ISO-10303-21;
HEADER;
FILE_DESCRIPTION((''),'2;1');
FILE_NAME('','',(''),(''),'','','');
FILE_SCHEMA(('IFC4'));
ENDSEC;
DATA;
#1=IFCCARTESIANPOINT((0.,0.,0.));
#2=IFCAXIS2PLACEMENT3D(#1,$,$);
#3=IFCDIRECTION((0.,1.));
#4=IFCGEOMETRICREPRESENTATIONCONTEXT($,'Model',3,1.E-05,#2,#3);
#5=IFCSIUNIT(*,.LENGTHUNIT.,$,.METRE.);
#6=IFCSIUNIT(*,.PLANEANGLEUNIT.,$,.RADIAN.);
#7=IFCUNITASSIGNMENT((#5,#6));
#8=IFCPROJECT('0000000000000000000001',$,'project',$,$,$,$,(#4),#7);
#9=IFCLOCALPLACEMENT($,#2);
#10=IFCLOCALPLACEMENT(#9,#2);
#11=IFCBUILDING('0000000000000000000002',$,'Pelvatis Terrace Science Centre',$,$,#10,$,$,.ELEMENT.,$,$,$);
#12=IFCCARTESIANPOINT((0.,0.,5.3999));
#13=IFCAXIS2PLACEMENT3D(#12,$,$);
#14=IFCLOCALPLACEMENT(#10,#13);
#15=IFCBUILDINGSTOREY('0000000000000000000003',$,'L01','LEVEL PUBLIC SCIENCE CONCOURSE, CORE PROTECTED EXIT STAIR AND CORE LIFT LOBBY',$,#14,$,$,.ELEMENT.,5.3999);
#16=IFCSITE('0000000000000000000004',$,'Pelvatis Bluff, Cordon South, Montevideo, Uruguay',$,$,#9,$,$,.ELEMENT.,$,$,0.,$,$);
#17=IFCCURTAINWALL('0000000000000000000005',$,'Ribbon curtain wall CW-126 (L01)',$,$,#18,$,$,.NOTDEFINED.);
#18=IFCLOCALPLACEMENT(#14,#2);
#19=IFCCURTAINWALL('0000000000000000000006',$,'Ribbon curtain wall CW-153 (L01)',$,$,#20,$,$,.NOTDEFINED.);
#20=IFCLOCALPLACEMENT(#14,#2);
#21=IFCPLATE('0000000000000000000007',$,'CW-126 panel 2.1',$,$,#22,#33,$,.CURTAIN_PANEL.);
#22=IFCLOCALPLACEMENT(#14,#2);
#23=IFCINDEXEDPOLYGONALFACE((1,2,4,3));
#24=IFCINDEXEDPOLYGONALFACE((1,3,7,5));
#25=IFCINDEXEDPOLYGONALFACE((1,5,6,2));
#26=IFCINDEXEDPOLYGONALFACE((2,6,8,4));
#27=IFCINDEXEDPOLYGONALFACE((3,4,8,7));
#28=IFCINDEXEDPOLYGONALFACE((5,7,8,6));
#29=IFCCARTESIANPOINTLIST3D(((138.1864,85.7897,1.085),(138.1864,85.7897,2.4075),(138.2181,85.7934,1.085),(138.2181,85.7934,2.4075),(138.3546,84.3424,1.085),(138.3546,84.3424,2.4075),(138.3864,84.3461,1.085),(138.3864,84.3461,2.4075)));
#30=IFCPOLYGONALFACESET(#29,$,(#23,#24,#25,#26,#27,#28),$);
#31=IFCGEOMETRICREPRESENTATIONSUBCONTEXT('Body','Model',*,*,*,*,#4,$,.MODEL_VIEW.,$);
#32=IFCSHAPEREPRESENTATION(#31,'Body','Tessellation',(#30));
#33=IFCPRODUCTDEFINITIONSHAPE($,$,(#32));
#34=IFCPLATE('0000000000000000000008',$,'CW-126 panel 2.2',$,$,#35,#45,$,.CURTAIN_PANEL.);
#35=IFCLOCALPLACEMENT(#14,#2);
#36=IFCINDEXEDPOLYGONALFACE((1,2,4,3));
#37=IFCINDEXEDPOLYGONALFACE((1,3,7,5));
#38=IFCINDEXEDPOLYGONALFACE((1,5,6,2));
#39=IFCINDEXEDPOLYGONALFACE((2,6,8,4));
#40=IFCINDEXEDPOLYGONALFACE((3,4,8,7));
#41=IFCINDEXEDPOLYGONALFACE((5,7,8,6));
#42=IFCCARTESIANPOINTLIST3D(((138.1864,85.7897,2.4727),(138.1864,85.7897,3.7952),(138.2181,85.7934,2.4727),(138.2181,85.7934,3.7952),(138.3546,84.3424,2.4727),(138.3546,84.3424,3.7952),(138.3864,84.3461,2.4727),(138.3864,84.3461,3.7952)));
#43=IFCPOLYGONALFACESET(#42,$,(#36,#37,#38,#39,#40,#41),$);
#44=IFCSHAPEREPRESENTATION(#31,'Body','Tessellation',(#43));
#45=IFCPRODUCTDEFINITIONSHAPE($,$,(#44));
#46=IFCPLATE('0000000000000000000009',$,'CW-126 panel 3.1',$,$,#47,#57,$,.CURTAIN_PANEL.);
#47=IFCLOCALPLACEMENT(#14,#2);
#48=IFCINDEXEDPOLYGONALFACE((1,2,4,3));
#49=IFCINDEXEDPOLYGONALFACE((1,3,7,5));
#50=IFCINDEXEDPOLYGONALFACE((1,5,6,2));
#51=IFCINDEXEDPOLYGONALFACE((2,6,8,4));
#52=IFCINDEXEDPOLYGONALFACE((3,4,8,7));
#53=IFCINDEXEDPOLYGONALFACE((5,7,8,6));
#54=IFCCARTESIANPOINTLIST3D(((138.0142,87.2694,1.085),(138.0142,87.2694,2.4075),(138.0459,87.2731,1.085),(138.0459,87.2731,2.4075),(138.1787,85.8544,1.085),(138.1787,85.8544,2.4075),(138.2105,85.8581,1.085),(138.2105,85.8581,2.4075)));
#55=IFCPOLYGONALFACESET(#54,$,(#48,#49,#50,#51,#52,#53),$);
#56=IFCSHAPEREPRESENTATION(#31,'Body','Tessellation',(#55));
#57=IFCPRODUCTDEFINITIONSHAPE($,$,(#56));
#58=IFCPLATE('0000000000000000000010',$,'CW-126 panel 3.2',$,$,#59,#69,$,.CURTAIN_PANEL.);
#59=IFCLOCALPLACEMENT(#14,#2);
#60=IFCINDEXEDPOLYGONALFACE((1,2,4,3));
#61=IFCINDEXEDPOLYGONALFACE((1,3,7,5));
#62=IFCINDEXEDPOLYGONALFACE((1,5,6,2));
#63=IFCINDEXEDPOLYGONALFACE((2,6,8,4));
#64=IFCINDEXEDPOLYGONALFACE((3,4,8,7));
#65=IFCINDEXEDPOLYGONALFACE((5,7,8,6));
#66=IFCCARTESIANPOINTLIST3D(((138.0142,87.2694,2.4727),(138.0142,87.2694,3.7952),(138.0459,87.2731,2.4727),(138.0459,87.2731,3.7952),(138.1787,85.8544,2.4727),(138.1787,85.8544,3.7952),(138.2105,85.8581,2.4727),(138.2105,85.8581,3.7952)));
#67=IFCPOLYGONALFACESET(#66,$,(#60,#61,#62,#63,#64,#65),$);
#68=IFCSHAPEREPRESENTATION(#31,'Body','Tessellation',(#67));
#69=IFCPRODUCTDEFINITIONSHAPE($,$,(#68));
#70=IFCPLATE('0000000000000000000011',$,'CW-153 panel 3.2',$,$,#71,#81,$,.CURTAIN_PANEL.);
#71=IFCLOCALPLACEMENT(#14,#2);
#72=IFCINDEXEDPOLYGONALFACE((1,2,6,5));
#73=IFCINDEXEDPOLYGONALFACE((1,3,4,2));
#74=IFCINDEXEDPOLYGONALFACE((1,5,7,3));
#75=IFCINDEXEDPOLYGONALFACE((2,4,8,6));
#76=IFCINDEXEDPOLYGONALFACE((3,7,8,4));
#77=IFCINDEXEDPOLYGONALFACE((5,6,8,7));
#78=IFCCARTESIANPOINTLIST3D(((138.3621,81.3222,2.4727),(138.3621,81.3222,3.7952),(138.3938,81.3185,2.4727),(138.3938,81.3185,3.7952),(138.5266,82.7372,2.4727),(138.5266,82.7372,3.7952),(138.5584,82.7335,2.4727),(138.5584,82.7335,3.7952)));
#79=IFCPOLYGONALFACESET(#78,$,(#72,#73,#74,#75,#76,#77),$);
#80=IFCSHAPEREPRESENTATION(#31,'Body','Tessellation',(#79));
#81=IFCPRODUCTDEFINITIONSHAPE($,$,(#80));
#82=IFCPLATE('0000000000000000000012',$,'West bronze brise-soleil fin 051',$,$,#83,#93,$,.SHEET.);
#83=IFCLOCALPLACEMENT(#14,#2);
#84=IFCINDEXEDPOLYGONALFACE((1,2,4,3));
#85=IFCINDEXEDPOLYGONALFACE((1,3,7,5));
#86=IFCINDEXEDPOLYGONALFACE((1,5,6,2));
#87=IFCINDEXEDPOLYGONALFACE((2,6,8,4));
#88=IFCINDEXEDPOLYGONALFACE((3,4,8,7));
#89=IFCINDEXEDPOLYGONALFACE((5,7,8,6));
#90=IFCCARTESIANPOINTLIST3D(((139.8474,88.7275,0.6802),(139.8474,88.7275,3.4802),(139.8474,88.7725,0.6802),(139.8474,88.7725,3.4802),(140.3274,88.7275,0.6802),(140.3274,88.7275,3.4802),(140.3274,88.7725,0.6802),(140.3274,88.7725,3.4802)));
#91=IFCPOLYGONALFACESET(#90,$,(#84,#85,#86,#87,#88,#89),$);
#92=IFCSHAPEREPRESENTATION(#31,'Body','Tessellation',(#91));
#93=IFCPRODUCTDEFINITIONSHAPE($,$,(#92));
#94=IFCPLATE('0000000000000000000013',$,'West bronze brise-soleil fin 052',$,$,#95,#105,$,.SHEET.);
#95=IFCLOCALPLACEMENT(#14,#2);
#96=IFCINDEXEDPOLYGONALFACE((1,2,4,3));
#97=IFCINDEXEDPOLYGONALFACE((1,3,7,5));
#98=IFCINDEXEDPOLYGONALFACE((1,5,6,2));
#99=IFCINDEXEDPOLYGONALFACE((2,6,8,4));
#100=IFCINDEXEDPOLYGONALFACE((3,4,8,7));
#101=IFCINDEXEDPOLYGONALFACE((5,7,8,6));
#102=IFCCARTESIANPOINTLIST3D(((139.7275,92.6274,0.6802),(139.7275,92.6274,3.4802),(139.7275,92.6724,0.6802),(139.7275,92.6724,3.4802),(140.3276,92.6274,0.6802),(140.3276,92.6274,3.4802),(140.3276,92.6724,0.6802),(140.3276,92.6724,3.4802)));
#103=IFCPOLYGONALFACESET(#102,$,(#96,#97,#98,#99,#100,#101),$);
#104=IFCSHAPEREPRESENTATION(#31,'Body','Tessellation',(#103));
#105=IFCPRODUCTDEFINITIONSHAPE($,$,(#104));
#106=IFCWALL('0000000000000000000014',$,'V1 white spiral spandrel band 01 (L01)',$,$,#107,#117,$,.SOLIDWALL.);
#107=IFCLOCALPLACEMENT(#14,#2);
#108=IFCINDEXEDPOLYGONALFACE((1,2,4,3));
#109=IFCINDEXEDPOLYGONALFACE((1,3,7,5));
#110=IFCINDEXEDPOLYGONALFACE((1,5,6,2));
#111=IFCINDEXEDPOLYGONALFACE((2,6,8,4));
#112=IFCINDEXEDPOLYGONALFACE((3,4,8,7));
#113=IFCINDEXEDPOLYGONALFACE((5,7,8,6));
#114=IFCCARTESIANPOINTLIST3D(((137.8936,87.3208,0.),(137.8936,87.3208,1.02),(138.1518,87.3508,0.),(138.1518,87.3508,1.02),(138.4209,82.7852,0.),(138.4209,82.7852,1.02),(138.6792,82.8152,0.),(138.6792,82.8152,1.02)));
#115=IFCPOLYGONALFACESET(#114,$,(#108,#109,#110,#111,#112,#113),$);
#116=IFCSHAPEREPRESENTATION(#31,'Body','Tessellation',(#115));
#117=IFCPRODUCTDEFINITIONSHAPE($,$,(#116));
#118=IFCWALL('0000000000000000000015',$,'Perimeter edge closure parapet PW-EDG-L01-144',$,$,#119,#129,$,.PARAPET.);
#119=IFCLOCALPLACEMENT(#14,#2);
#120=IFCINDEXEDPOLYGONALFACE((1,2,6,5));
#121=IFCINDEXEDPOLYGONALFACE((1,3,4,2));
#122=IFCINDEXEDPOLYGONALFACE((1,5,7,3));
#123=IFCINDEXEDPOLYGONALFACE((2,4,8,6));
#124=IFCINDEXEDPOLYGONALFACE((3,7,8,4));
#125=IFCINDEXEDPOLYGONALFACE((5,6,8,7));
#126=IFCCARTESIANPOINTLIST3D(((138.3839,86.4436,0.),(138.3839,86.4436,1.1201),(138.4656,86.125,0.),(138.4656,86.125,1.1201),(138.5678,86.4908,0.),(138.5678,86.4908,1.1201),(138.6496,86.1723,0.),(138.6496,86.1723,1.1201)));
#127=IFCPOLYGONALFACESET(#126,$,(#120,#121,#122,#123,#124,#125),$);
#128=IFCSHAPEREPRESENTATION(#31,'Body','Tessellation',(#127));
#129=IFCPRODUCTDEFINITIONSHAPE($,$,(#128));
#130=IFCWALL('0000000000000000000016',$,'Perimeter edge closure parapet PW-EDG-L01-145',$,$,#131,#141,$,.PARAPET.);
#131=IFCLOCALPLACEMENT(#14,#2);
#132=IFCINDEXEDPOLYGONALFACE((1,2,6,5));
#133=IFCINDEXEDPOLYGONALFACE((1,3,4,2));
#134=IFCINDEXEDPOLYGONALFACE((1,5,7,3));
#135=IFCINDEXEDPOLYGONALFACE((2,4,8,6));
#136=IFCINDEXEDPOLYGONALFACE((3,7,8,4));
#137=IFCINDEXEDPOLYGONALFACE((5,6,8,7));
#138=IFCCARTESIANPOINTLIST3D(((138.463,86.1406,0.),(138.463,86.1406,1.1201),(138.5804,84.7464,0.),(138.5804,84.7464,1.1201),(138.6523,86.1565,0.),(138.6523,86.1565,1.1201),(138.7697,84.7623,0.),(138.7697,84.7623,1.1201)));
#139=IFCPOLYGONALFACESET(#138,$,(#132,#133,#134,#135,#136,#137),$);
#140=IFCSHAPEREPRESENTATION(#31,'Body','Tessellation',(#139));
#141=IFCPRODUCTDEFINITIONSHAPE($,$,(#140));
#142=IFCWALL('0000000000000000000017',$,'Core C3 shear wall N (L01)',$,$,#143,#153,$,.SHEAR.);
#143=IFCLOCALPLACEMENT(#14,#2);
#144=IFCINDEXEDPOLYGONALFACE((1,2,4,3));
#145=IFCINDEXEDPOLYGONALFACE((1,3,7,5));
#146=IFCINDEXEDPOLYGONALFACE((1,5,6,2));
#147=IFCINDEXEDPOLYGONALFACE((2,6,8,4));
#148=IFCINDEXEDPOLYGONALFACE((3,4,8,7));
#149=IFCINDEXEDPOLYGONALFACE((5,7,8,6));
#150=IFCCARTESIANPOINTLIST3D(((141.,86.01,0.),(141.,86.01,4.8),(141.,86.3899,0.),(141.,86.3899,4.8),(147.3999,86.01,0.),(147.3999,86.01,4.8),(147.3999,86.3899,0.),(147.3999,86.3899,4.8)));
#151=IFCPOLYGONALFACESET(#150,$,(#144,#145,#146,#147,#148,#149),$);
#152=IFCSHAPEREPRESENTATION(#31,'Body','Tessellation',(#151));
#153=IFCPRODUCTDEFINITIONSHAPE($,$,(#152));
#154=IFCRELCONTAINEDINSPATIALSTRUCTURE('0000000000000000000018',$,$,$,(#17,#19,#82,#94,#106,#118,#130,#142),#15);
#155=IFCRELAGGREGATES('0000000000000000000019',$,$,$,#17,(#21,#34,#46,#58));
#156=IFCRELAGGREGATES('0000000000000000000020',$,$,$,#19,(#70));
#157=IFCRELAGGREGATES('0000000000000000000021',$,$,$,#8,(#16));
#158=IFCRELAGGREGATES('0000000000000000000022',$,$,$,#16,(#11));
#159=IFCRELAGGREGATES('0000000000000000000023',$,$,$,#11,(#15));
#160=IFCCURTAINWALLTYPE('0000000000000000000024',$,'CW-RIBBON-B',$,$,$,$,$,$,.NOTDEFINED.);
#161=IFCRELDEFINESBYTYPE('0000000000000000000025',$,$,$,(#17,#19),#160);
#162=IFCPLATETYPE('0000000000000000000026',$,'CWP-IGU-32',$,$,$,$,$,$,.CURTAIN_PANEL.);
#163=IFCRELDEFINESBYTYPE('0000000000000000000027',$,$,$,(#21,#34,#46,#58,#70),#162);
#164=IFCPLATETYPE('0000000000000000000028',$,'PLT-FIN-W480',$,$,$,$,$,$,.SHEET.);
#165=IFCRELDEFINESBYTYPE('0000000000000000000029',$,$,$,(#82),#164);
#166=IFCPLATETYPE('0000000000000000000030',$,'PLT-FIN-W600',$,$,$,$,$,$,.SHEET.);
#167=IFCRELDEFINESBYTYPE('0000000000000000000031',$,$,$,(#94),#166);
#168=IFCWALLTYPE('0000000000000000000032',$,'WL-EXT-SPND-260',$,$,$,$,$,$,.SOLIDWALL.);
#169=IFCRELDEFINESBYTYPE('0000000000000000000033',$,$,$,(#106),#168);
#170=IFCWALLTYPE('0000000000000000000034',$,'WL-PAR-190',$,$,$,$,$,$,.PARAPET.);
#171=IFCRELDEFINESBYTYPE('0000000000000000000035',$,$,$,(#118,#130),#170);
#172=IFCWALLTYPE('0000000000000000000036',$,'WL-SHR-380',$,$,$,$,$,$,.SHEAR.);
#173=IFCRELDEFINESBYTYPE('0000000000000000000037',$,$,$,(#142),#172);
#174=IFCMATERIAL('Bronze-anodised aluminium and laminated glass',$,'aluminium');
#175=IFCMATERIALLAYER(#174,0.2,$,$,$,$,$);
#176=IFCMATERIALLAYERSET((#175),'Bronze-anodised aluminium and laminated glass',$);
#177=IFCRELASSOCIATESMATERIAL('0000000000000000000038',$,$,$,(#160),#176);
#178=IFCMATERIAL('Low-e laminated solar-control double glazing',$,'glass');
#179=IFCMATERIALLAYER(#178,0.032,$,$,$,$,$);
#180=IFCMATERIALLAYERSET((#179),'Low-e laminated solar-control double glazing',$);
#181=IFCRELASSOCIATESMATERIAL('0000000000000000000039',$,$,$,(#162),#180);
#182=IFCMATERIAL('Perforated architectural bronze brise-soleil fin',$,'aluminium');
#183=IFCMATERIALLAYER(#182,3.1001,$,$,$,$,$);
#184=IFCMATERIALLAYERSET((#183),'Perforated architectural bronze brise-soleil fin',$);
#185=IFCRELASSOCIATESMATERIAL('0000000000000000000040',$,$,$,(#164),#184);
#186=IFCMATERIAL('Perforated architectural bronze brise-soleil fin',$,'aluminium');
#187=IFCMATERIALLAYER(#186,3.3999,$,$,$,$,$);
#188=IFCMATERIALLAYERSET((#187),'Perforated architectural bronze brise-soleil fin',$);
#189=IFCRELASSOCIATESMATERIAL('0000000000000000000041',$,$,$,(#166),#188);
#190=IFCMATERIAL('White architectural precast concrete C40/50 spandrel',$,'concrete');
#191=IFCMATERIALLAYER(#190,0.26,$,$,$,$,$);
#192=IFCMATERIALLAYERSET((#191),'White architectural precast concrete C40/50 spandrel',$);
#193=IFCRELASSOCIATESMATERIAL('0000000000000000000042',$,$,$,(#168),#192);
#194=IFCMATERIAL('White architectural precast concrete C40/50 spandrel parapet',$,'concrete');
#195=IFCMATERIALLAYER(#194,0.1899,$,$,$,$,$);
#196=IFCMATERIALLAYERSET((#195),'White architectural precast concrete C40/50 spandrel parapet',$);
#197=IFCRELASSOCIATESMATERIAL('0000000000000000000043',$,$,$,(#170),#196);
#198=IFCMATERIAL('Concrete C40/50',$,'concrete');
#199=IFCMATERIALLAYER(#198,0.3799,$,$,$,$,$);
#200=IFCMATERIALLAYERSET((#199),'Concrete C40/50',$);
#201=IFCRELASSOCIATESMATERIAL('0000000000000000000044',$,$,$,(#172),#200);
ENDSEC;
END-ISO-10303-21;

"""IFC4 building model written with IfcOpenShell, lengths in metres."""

from ifc_helpers import new_model, si_unit, direction, frame, frame_2d, origin, origin_2d, place, context, subcontext, project, spatial, rectangle, extrude, material, layer, layer_set, type_object, element, aggregate, save


model = new_model("IFC4")

# Units and contexts
model_context = context("Model", 3, precision=1e-05, world=origin(), true_north=direction((0.0, 1.0)))
body_context = subcontext(model_context, "Body", "Model", "MODEL_VIEW")
ifc_project = project(units=[si_unit("LENGTHUNIT", "METRE"), si_unit("PLANEANGLEUNIT", "RADIAN")], contexts=[model_context])

# Site, building, storey
site_placement = place(None, origin())
site = spatial("IfcSite", under=ifc_project, at=site_placement, Name="Pelvatis Bluff, Cordon South, Montevideo, Uruguay", CompositionType="ELEMENT", RefElevation=0.0)
building_placement = place(site_placement, origin())
building = spatial("IfcBuilding", under=site, at=building_placement, Name="Pelvatis Terrace Science Centre", CompositionType="ELEMENT")
storey_placement = place(building_placement, frame((0.0, 0.0, 5.3999)))
storey = spatial("IfcBuildingStorey", under=building, at=storey_placement, Name="L01", Description="LEVEL PUBLIC SCIENCE CONCOURSE, CORE PROTECTED EXIT STAIR AND CORE LIFT LOBBY", CompositionType="ELEMENT", Elevation=5.3999)

# Curtain wall
ifc_material_1 = material(Name="Bronze-anodised aluminium and laminated glass", Category="aluminium")
ifc_layer_1 = layer(ifc_material_1, 0.2)
ifc_layer_set_1 = layer_set([ifc_layer_1], Name="Bronze-anodised aluminium and laminated glass")
curtain_wall_type = type_object("IfcCurtainWallType", Name="CW-RIBBON-B", PredefinedType="NOTDEFINED", material=ifc_layer_set_1)
curtain_wall_1_placement = place(storey_placement, origin())
curtain_wall_1 = element("IfcCurtainWall", 1, at=curtain_wall_1_placement, inside=storey, type_object=curtain_wall_type, Name="Ribbon curtain wall CW-126 (L01)", PredefinedType="NOTDEFINED")

# Curtain wall
curtain_wall_2_placement = place(storey_placement, origin())
curtain_wall_2 = element("IfcCurtainWall", 2, at=curtain_wall_2_placement, inside=storey, type_object=curtain_wall_type, Name="Ribbon curtain wall CW-153 (L01)", PredefinedType="NOTDEFINED")

# Plates
ifc_material_2 = material(Name="Low-e laminated solar-control double glazing", Category="glass")
ifc_layer_2 = layer(ifc_material_2, 0.032)
ifc_layer_set_2 = layer_set([ifc_layer_2], Name="Low-e laminated solar-control double glazing")
plate_type_1 = type_object("IfcPlateType", Name="CWP-IGU-32", PredefinedType="CURTAIN_PANEL", material=ifc_layer_set_2)
plate_1_placement = place(storey_placement, frame((138.2864, 85.0679, 1.085), z_axis=(0.0, 0.0, 1.0), x_axis=(-0.115497, 0.993308, 0.0)))
plate_1 = element("IfcPlate", 3, at=plate_1_placement, type_object=plate_type_1, Name="CW-126 panel 2.1", PredefinedType="CURTAIN_PANEL", context=body_context, shape_type="SweptSolid", body=[
    extrude(rectangle(XDim=1.457, YDim=0.032, at=origin_2d()), origin(), (0.0, 0.0, 1.0), 1.3225),
])
plate_2_placement = place(storey_placement, frame((138.2864, 85.0679, 2.4727), z_axis=(0.0, 0.0, 1.0), x_axis=(-0.115497, 0.993308, 0.0)))
plate_2 = element("IfcPlate", 4, at=plate_2_placement, type_object=plate_type_1, Name="CW-126 panel 2.2", PredefinedType="CURTAIN_PANEL", context=body_context, shape_type="SweptSolid", body=[
    extrude(rectangle(XDim=1.457, YDim=0.032, at=origin_2d()), origin(), (0.0, 0.0, 1.0), 1.3225),
])
plate_3_placement = place(storey_placement, frame((138.1123, 86.5637, 1.085), z_axis=(0.0, 0.0, 1.0), x_axis=(-0.115497, 0.993308, 0.0)))
plate_3 = element("IfcPlate", 5, at=plate_3_placement, type_object=plate_type_1, Name="CW-126 panel 3.1", PredefinedType="CURTAIN_PANEL", context=body_context, shape_type="SweptSolid", body=[
    extrude(rectangle(XDim=1.4246, YDim=0.032, at=origin_2d()), origin(), (0.0, 0.0, 1.0), 1.3225),
])
plate_4_placement = place(storey_placement, frame((138.1123, 86.5637, 2.4727), z_axis=(0.0, 0.0, 1.0), x_axis=(-0.115497, 0.993308, 0.0)))
plate_4 = element("IfcPlate", 6, at=plate_4_placement, type_object=plate_type_1, Name="CW-126 panel 3.2", PredefinedType="CURTAIN_PANEL", context=body_context, shape_type="SweptSolid", body=[
    extrude(rectangle(XDim=1.4246, YDim=0.032, at=origin_2d()), origin(), (0.0, 0.0, 1.0), 1.3225),
])
aggregate(curtain_wall_1, [plate_1, plate_2, plate_3, plate_4])
plate_5_placement = place(storey_placement, frame((138.4602, 82.0278, 2.4727), z_axis=(0.0, 0.0, 1.0), x_axis=(0.115497, 0.993308, 0.0)))
plate_5 = element("IfcPlate", 7, at=plate_5_placement, type_object=plate_type_1, Name="CW-153 panel 3.2", PredefinedType="CURTAIN_PANEL", context=body_context, shape_type="SweptSolid", body=[
    extrude(rectangle(XDim=1.4246, YDim=0.032, at=origin_2d()), origin(), (0.0, 0.0, 1.0), 1.3225),
])
aggregate(curtain_wall_2, [plate_5])

# Plates
ifc_material_3 = material(Name="Perforated architectural bronze brise-soleil fin", Category="aluminium")
ifc_layer_3 = layer(ifc_material_3, 3.1001)
ifc_layer_set_3 = layer_set([ifc_layer_3], Name="Perforated architectural bronze brise-soleil fin")
plate_type_2 = type_object("IfcPlateType", Name="PLT-FIN-W480", PredefinedType="SHEET", material=ifc_layer_set_3)
plate_6_placement = place(storey_placement, frame((140.0874, 88.75, 0.6802), z_axis=(0.0, 0.0, 1.0), x_axis=(1.0, 0.0, 0.0)))
element("IfcPlate", 8, at=plate_6_placement, inside=storey, type_object=plate_type_2, Name="West bronze brise-soleil fin 051", PredefinedType="SHEET", context=body_context, shape_type="SweptSolid", body=[
    extrude(rectangle(XDim=0.48, YDim=0.0449, at=origin_2d()), origin(), (0.0, 0.0, 1.0), 2.8),
])
ifc_material_4 = material(Name="Perforated architectural bronze brise-soleil fin", Category="aluminium")
ifc_layer_4 = layer(ifc_material_4, 3.3999)
ifc_layer_set_4 = layer_set([ifc_layer_4], Name="Perforated architectural bronze brise-soleil fin")
plate_type_3 = type_object("IfcPlateType", Name="PLT-FIN-W600", PredefinedType="SHEET", material=ifc_layer_set_4)
plate_7_placement = place(storey_placement, frame((140.0276, 92.6499, 0.6802), z_axis=(0.0, 0.0, 1.0), x_axis=(1.0, 0.0, 0.0)))
element("IfcPlate", 9, at=plate_7_placement, inside=storey, type_object=plate_type_3, Name="West bronze brise-soleil fin 052", PredefinedType="SHEET", context=body_context, shape_type="SweptSolid", body=[
    extrude(rectangle(XDim=0.6001, YDim=0.0449, at=origin_2d()), origin(), (0.0, 0.0, 1.0), 2.8),
])

# Walls
ifc_material_5 = material(Name="White architectural precast concrete C40/50 spandrel", Category="concrete")
ifc_layer_5 = layer(ifc_material_5, 0.26)
ifc_layer_set_5 = layer_set([ifc_layer_5], Name="White architectural precast concrete C40/50 spandrel")
wall_type_1 = type_object("IfcWallType", Name="WL-EXT-SPND-260", PredefinedType="SOLIDWALL", material=ifc_layer_set_5)
wall_1_placement = place(storey_placement, frame((138.55, 82.8, 0.0), z_axis=(0.0, 0.0, 1.0), x_axis=(-0.115489, 0.993309, 0.0)))
element("IfcWall", 10, at=wall_1_placement, inside=storey, type_object=wall_type_1, Name="V1 white spiral spandrel band 01 (L01)", PredefinedType="SOLIDWALL", context=body_context, shape_type="SweptSolid", body=[
    extrude(rectangle(XDim=4.5662, YDim=0.26, at=frame_2d((2.2832, 0.0))), origin(), (0.0, 0.0, 1.0), 1.02),
])
ifc_material_6 = material(Name="White architectural precast concrete C40/50 spandrel parapet", Category="concrete")
ifc_layer_6 = layer(ifc_material_6, 0.1899)
ifc_layer_set_6 = layer_set([ifc_layer_6], Name="White architectural precast concrete C40/50 spandrel parapet")
wall_type_2 = type_object("IfcWallType", Name="WL-PAR-190", PredefinedType="PARAPET", material=ifc_layer_set_6)
wall_2_placement = place(storey_placement, frame((138.4758, 86.4673, 0.0), z_axis=(0.0, 0.0, 1.0), x_axis=(0.248643, -0.968595, 0.0)))
element("IfcWall", 11, at=wall_2_placement, inside=storey, type_object=wall_type_2, Name="Perimeter edge closure parapet PW-EDG-L01-144", PredefinedType="PARAPET", context=body_context, shape_type="SweptSolid", body=[
    extrude(rectangle(XDim=0.3289, YDim=0.1899, at=frame_2d((0.1646, 0.0))), origin(), (0.0, 0.0, 1.0), 1.1201),
])
wall_3_placement = place(storey_placement, frame((138.5576, 86.1487, 0.0), z_axis=(0.0, 0.0, 1.0), x_axis=(0.083926, -0.996472, 0.0)))
element("IfcWall", 12, at=wall_3_placement, inside=storey, type_object=wall_type_2, Name="Perimeter edge closure parapet PW-EDG-L01-145", PredefinedType="PARAPET", context=body_context, shape_type="SweptSolid", body=[
    extrude(rectangle(XDim=1.3992, YDim=0.1899, at=frame_2d((0.6997, 0.0))), origin(), (0.0, 0.0, 1.0), 1.1201),
])
ifc_material_7 = material(Name="Concrete C40/50", Category="concrete")
ifc_layer_7 = layer(ifc_material_7, 0.3799)
ifc_layer_set_7 = layer_set([ifc_layer_7], Name="Concrete C40/50")
wall_type_3 = type_object("IfcWallType", Name="WL-SHR-380", PredefinedType="SHEAR", material=ifc_layer_set_7)
wall_4_placement = place(storey_placement, frame((141.0, 86.2, 0.0), z_axis=(0.0, 0.0, 1.0), x_axis=(1.0, 0.0, 0.0)))
element("IfcWall", 13, at=wall_4_placement, inside=storey, type_object=wall_type_3, Name="Core C3 shear wall N (L01)", PredefinedType="SHEAR", context=body_context, shape_type="SweptSolid", body=[
    extrude(rectangle(XDim=6.3999, YDim=0.3799, at=frame_2d((3.2, 0.0))), origin(), (0.0, 0.0, 1.0), 4.8),
])

save(model, "model.ifc")
